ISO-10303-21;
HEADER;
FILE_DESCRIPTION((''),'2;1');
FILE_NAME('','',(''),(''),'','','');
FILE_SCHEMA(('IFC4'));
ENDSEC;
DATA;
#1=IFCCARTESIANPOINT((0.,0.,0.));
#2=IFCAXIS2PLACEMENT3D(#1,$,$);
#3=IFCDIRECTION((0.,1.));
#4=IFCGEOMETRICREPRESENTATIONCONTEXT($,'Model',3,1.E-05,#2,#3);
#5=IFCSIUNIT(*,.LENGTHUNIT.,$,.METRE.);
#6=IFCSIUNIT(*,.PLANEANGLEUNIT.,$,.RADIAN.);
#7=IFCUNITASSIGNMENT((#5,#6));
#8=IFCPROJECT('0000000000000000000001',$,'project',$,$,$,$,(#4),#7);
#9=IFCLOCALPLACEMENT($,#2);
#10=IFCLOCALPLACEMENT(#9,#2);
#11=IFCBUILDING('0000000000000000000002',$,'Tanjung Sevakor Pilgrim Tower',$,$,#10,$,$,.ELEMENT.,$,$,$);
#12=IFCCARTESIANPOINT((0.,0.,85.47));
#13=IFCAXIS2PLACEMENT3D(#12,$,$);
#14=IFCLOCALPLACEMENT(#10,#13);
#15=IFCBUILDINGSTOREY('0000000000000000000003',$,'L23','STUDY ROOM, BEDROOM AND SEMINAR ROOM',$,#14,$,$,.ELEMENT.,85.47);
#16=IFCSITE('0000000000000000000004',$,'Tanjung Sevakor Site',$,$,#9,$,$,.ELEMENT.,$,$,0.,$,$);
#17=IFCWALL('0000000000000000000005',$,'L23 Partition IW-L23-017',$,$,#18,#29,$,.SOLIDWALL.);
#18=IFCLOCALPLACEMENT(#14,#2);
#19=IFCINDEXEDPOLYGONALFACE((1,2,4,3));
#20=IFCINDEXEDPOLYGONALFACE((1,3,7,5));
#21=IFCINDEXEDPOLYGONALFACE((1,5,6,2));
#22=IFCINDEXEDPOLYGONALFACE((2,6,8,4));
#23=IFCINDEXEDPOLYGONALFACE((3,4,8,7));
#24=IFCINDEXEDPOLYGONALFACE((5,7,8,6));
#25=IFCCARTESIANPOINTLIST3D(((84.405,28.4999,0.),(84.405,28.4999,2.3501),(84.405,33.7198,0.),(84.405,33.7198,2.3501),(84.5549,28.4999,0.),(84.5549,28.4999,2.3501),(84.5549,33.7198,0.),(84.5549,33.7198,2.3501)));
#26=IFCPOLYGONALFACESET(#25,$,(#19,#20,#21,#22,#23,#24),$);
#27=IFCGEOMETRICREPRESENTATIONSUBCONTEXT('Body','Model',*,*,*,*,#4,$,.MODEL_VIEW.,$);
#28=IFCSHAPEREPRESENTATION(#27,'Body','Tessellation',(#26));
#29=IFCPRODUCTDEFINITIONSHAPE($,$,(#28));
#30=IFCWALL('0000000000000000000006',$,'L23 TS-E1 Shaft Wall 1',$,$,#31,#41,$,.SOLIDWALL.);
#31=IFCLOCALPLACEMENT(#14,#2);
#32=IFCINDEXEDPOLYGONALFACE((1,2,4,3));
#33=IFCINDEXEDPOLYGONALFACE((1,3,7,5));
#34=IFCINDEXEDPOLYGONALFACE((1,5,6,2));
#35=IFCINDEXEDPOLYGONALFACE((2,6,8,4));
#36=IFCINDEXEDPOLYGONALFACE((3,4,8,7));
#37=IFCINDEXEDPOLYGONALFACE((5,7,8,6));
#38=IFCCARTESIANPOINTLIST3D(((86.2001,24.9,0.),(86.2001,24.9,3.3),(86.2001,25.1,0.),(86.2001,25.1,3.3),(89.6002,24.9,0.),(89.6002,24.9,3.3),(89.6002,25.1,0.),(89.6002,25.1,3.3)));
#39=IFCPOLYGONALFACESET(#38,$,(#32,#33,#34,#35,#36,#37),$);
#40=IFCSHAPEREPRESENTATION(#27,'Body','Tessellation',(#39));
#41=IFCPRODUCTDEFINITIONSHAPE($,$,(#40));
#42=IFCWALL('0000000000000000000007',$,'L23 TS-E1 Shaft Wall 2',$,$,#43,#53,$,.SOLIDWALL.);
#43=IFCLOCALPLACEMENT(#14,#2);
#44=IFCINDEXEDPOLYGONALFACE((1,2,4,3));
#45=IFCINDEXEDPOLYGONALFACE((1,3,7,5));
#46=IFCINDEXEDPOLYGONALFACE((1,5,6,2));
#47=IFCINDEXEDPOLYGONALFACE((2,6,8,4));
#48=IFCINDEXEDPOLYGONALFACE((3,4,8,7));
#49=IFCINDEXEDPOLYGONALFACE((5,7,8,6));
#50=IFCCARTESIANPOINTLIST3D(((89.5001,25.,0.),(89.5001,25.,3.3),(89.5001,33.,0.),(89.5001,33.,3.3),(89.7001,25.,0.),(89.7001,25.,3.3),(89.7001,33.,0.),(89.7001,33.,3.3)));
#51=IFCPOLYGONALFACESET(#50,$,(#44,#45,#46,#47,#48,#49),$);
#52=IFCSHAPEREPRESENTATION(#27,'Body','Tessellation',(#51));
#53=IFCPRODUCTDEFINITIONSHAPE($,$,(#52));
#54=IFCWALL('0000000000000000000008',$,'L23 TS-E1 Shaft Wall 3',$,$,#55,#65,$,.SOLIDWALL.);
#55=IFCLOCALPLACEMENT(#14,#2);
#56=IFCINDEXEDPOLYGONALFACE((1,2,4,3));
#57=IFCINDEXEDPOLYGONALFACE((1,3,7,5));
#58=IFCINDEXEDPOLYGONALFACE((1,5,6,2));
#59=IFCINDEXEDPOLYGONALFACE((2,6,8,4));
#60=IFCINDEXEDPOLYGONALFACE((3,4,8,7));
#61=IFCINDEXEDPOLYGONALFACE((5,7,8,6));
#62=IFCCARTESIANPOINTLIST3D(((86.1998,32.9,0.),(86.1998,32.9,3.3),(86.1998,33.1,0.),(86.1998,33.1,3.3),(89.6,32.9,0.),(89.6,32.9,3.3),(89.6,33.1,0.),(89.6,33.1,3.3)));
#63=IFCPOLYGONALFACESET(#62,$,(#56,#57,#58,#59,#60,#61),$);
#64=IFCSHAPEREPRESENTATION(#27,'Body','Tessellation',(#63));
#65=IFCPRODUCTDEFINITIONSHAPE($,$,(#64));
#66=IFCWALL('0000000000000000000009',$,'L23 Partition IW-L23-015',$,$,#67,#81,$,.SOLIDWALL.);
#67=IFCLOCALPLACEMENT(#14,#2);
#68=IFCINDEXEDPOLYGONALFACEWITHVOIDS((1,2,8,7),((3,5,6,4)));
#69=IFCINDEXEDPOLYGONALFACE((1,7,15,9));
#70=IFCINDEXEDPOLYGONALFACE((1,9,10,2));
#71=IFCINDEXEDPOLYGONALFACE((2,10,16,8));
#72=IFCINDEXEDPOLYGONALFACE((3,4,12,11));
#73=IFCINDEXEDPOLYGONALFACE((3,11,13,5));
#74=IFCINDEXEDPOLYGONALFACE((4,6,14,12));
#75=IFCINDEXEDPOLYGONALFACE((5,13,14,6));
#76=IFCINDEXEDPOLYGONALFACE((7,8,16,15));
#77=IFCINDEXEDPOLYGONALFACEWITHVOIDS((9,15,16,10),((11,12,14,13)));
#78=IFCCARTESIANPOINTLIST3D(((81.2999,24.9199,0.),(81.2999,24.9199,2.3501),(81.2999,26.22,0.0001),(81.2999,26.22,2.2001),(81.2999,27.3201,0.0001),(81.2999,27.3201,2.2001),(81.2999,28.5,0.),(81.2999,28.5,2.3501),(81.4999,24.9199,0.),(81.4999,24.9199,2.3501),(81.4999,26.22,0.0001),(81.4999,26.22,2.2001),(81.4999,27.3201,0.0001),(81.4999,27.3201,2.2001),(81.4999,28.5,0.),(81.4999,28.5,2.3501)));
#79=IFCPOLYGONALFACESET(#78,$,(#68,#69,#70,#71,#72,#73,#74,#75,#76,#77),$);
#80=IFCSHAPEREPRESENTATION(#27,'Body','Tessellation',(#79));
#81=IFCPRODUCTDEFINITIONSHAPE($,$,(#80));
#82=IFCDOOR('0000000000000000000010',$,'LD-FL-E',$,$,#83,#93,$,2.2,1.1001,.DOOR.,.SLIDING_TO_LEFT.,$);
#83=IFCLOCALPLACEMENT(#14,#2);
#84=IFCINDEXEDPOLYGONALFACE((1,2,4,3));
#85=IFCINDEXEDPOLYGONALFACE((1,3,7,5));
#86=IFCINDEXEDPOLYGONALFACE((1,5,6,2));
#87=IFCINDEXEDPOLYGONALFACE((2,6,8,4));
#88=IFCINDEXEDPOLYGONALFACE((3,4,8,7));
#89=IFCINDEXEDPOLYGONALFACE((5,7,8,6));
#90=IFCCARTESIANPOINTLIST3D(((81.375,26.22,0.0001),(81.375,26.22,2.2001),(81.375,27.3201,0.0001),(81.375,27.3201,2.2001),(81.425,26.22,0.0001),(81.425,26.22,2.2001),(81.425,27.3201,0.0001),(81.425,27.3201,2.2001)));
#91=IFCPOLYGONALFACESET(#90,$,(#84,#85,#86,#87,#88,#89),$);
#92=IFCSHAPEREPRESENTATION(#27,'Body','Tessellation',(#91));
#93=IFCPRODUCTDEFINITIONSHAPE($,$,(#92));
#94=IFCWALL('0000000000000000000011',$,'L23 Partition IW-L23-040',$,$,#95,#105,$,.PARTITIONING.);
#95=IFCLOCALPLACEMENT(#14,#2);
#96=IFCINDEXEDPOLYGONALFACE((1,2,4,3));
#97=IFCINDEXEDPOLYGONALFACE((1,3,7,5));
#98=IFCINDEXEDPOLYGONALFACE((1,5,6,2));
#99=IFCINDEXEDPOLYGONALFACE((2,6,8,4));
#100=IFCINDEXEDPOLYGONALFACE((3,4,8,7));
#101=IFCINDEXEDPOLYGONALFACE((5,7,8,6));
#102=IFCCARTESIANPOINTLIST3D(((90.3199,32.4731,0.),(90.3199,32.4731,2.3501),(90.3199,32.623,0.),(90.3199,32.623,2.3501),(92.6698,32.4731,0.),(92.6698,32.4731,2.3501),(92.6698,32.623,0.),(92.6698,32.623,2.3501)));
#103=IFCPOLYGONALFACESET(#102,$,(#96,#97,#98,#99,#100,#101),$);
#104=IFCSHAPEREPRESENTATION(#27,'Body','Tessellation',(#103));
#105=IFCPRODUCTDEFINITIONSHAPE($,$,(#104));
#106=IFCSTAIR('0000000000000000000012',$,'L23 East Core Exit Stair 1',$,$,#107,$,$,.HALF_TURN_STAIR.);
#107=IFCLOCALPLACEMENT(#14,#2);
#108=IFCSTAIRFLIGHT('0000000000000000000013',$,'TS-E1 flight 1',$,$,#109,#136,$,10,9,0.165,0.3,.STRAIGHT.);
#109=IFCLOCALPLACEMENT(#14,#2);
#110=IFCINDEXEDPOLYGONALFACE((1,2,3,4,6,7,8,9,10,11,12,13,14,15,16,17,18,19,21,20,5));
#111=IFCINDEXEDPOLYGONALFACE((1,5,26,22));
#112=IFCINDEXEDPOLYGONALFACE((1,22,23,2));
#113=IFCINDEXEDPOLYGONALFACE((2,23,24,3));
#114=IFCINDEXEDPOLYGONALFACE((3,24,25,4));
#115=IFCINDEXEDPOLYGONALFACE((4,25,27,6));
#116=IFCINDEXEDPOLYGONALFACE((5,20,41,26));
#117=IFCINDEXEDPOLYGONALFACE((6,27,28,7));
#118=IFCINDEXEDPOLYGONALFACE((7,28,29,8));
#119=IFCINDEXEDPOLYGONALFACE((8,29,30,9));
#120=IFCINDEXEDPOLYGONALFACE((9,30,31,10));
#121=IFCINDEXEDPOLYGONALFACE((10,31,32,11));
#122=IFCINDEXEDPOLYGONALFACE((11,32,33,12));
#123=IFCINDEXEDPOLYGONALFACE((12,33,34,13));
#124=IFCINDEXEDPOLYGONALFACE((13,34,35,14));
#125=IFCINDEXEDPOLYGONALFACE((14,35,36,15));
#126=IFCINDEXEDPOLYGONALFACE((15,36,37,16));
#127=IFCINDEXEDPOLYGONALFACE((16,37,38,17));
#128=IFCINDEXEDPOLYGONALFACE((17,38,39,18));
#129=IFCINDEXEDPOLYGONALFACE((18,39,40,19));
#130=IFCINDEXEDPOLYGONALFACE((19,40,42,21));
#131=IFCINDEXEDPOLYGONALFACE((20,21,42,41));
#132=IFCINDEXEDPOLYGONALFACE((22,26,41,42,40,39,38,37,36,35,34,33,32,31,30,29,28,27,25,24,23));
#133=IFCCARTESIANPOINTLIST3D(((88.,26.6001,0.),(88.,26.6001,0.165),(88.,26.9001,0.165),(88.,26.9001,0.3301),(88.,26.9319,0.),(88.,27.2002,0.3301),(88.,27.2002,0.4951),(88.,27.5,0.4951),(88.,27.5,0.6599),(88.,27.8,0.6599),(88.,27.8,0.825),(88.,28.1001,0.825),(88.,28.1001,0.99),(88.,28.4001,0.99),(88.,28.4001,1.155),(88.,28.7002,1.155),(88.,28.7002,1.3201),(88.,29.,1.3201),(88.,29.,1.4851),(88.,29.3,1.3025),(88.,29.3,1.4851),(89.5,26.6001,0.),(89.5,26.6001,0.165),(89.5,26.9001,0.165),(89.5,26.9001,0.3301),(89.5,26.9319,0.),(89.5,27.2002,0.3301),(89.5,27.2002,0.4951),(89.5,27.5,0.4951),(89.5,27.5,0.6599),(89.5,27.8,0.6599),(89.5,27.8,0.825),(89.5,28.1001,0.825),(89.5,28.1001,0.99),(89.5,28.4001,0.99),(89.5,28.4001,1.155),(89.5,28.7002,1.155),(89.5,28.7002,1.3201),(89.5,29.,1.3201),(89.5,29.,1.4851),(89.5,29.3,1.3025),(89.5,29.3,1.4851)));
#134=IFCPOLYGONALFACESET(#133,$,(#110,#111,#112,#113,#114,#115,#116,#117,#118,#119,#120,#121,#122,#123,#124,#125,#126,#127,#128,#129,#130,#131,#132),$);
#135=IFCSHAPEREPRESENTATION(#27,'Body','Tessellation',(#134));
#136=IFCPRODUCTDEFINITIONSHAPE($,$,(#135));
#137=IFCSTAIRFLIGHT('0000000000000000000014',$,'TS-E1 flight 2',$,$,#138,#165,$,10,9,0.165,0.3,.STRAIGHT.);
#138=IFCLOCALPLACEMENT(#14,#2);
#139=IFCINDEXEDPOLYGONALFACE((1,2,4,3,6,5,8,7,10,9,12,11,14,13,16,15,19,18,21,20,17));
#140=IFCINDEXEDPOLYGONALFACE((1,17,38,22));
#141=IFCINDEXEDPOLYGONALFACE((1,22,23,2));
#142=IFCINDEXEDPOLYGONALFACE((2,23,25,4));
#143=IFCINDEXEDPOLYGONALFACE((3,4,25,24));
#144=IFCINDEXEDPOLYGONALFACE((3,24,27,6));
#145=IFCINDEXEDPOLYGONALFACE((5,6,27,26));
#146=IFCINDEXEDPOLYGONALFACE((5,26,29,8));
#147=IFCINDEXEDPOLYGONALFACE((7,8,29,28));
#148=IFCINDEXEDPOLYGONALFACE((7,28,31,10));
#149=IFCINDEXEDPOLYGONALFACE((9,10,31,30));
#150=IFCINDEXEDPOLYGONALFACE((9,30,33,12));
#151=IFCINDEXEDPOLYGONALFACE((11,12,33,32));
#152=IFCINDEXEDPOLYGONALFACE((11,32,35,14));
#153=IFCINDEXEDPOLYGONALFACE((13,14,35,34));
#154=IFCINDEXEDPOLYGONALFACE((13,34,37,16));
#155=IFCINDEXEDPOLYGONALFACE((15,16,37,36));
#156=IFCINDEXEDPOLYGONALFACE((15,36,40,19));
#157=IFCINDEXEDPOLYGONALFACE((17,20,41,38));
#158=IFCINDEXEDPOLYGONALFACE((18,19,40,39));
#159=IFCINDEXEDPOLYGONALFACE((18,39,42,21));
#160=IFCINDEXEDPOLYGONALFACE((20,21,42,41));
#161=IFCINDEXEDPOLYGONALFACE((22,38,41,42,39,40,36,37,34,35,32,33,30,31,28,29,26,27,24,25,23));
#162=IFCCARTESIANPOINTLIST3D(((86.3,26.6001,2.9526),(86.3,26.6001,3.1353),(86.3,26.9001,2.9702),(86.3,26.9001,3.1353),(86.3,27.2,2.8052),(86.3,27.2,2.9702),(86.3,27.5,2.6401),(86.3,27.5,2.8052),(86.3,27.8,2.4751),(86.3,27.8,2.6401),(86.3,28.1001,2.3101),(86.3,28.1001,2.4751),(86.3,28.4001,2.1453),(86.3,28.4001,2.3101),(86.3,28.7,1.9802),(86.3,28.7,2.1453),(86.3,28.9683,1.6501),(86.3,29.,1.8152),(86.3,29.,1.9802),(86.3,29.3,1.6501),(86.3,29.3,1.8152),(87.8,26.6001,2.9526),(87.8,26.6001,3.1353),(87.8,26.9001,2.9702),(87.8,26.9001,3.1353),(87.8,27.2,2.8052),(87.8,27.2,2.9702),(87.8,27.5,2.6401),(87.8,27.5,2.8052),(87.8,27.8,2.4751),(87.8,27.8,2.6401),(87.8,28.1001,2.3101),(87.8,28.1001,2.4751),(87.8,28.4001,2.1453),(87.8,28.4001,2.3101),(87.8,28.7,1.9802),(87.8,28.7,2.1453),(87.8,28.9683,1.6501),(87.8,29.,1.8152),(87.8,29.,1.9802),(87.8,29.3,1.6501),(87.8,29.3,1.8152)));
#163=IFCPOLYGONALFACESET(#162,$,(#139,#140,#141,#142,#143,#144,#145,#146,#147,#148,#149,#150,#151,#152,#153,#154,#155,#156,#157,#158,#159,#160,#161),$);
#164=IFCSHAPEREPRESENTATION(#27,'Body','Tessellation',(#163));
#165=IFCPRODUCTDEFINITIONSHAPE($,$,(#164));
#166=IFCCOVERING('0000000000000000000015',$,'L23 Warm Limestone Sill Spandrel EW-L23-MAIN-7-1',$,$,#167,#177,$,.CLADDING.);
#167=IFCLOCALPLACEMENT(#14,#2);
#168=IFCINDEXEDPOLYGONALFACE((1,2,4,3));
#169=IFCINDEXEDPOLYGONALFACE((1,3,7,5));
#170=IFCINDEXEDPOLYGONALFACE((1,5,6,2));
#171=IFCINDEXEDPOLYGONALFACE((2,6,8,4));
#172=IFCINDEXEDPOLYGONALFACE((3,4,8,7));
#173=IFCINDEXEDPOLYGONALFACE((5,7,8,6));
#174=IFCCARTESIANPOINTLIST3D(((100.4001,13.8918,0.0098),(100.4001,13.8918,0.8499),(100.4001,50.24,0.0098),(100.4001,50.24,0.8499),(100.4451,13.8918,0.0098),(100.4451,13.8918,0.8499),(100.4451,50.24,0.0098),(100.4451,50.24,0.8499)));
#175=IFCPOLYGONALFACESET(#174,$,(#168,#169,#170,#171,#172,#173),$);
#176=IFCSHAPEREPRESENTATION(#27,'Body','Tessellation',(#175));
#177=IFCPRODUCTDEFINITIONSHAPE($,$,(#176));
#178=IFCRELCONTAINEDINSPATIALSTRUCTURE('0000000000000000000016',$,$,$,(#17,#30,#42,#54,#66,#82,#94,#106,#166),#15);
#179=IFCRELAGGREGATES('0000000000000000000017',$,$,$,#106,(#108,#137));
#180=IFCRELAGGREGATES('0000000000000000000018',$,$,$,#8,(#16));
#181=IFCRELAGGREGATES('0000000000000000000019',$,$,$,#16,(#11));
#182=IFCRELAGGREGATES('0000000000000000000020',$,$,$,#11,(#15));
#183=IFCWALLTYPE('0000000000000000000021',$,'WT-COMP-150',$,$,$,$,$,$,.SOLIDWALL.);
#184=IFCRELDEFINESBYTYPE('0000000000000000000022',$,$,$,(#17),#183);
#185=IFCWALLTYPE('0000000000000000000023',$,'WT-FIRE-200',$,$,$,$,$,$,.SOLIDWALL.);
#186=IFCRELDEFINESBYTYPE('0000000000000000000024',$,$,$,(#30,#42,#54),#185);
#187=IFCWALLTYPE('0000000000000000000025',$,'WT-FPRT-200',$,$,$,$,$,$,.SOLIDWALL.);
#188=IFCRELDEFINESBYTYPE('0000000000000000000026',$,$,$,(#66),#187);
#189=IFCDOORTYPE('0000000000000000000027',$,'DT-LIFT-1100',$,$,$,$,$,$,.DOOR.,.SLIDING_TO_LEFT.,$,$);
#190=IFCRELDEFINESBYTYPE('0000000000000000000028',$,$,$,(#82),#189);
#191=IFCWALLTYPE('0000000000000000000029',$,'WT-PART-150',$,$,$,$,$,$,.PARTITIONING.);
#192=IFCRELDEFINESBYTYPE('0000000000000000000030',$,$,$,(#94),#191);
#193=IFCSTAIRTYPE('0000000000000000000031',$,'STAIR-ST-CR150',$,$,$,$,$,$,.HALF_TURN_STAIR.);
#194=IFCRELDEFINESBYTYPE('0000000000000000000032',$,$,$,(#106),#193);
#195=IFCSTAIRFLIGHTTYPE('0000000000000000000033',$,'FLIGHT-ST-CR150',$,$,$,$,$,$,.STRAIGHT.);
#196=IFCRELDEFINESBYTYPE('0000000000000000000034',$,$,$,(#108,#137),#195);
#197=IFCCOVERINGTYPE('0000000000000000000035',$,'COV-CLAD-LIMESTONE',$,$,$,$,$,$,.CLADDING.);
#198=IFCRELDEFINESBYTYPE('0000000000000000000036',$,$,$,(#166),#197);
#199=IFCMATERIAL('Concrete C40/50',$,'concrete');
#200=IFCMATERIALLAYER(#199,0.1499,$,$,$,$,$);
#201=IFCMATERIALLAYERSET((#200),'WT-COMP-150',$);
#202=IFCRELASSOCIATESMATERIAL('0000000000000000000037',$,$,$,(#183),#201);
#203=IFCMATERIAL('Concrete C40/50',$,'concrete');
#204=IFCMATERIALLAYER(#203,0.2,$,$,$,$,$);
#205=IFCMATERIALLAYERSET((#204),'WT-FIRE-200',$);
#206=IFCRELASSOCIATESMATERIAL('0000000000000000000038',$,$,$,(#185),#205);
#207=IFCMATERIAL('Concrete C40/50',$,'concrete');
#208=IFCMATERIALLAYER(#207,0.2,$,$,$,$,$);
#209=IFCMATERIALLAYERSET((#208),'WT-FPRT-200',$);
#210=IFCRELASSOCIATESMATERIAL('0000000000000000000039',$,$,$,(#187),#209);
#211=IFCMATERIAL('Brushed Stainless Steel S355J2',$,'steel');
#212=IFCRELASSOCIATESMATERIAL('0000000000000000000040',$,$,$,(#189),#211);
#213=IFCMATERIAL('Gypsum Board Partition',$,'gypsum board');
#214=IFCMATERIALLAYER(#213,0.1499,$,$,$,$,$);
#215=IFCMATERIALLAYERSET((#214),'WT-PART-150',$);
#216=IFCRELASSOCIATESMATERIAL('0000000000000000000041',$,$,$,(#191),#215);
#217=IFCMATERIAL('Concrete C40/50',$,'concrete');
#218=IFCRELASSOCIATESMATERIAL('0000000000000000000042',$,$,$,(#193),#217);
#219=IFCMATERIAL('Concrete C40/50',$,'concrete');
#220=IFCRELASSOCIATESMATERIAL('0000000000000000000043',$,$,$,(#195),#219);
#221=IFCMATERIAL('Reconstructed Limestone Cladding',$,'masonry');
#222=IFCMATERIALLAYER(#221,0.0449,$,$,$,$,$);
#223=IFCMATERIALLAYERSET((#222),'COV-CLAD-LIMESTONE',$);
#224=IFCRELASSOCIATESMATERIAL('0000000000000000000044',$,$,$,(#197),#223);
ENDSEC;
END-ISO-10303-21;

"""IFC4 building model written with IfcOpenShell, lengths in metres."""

from ifc_helpers import new_model, si_unit, direction, frame, frame_2d, origin, origin_2d, place, context, subcontext, project, spatial, polyline, rectangle, outline, extrude, material, layer, layer_set, type_object, element, fill, aggregate, save


model = new_model("IFC4")

# Units and contexts
model_context = context("Model", 3, precision=1e-05, world=origin(), true_north=direction((0.0, 1.0)))
body_context = subcontext(model_context, "Body", "Model", "MODEL_VIEW")
ifc_project = project(units=[si_unit("LENGTHUNIT", "METRE"), si_unit("PLANEANGLEUNIT", "RADIAN")], contexts=[model_context])

# Site, building, storey
site_placement = place(None, origin())
site = spatial("IfcSite", under=ifc_project, at=site_placement, Name="Tanjung Sevakor Site", CompositionType="ELEMENT", RefElevation=0.0)
building_placement = place(site_placement, origin())
building = spatial("IfcBuilding", under=site, at=building_placement, Name="Tanjung Sevakor Pilgrim Tower", CompositionType="ELEMENT")
storey_placement = place(building_placement, frame((0.0, 0.0, 85.47)))
storey = spatial("IfcBuildingStorey", under=building, at=storey_placement, Name="L23", Description="STUDY ROOM, BEDROOM AND SEMINAR ROOM", CompositionType="ELEMENT", Elevation=85.47)

# Wall
ifc_material_1 = material(Name="Concrete C40/50", Category="concrete")
ifc_layer_1 = layer(ifc_material_1, 0.1499)
ifc_layer_set_1 = layer_set([ifc_layer_1], Name="WT-COMP-150")
wall_type_1 = type_object("IfcWallType", Name="WT-COMP-150", PredefinedType="SOLIDWALL", material=ifc_layer_set_1)
wall_1_placement = place(storey_placement, frame((84.48, 28.5, 0.0), z_axis=(0.0, 0.0, 1.0), x_axis=(0.0, 1.0, 0.0)))
element("IfcWall", 1, at=wall_1_placement, inside=storey, type_object=wall_type_1, Name="L23 Partition IW-L23-017", PredefinedType="SOLIDWALL", context=body_context, shape_type="SweptSolid", body=[
    extrude(rectangle(XDim=5.22, YDim=0.1499, at=frame_2d((2.6099, 0.0))), origin(), (0.0, 0.0, 1.0), 2.3501),
])

# Walls
ifc_material_2 = material(Name="Concrete C40/50", Category="concrete")
ifc_layer_2 = layer(ifc_material_2, 0.2)
ifc_layer_set_2 = layer_set([ifc_layer_2], Name="WT-FIRE-200")
wall_type_2 = type_object("IfcWallType", Name="WT-FIRE-200", PredefinedType="SOLIDWALL", material=ifc_layer_set_2)
wall_2_placement = place(storey_placement, frame((86.2, 25.0, 0.0), z_axis=(0.0, 0.0, 1.0), x_axis=(1.0, 0.0, 0.0)))
element("IfcWall", 2, at=wall_2_placement, inside=storey, type_object=wall_type_2, Name="L23 TS-E1 Shaft Wall 1", PredefinedType="SOLIDWALL", context=body_context, shape_type="SweptSolid", body=[
    extrude(rectangle(XDim=3.4001, YDim=0.2, at=frame_2d((1.7002, 0.0))), origin(), (0.0, 0.0, 1.0), 3.3),
])
wall_3_placement = place(storey_placement, frame((89.6001, 25.0, 0.0), z_axis=(0.0, 0.0, 1.0), x_axis=(0.0, 1.0, 0.0)))
element("IfcWall", 3, at=wall_3_placement, inside=storey, type_object=wall_type_2, Name="L23 TS-E1 Shaft Wall 2", PredefinedType="SOLIDWALL", context=body_context, shape_type="SweptSolid", body=[
    extrude(rectangle(XDim=8.0, YDim=0.2, at=frame_2d((4.0, 0.0))), origin(), (0.0, 0.0, 1.0), 3.3),
])
wall_4_placement = place(storey_placement, frame((89.6001, 33.0, 0.0), z_axis=(0.0, 0.0, 1.0), x_axis=(-1.0, 0.0, 0.0)))
element("IfcWall", 4, at=wall_4_placement, inside=storey, type_object=wall_type_2, Name="L23 TS-E1 Shaft Wall 3", PredefinedType="SOLIDWALL", context=body_context, shape_type="SweptSolid", body=[
    extrude(rectangle(XDim=3.4001, YDim=0.2, at=frame_2d((1.7002, 0.0))), origin(), (0.0, 0.0, 1.0), 3.3),
])

# Wall, opening, door
ifc_material_3 = material(Name="Concrete C40/50", Category="concrete")
ifc_layer_3 = layer(ifc_material_3, 0.2)
ifc_layer_set_3 = layer_set([ifc_layer_3], Name="WT-FPRT-200")
wall_type_3 = type_object("IfcWallType", Name="WT-FPRT-200", PredefinedType="SOLIDWALL", material=ifc_layer_set_3)
wall_5_placement = place(storey_placement, frame((81.3999, 24.9199, 0.0), z_axis=(0.0, 0.0, 1.0), x_axis=(0.0, 1.0, 0.0)))
wall_5 = element("IfcWall", 5, at=wall_5_placement, inside=storey, type_object=wall_type_3, Name="L23 Partition IW-L23-015", PredefinedType="SOLIDWALL", context=body_context, shape_type="SweptSolid", body=[
    extrude(rectangle(XDim=3.5801, YDim=0.2, at=frame_2d((1.79, 0.0))), origin(), (0.0, 0.0, 1.0), 2.3501),
])
opening_1_placement = place(wall_5_placement, frame((1.3, 0.0, 0.0)))
opening_1 = element("IfcOpeningElement", 6, at=opening_1_placement, cuts=wall_5, PredefinedType="OPENING", context=body_context, shape_type="SweptSolid", body=[
    extrude(rectangle(XDim=1.1001, YDim=2.2, at=frame_2d((0.55, 1.1001))), frame((0.0, 0.1099, 0.0), z_axis=(0.0, -1.0, 0.0), x_axis=(1.0, 0.0, 0.0)), (0.0, 0.0, 1.0), 0.22),
])
ifc_material_4 = material(Name="Brushed Stainless Steel S355J2", Category="steel")
door_type_1 = type_object("IfcDoorType", Name="DT-LIFT-1100", OperationType="SLIDING_TO_LEFT", PredefinedType="DOOR", material=ifc_material_4)
door_1_placement = place(opening_1_placement, origin())
door_1 = element("IfcDoor", 7, at=door_1_placement, inside=storey, type_object=door_type_1, Name="LD-FL-E", OperationType="SLIDING_TO_LEFT", OverallHeight=2.2, OverallWidth=1.1001, PredefinedType="DOOR", context=body_context, shape_type="SweptSolid", body=[
    extrude(rectangle(XDim=1.1001, YDim=2.2, at=frame_2d((0.55, 1.1001))), frame((0.0, 0.0249, 0.0), z_axis=(0.0, -1.0, 0.0), x_axis=(1.0, 0.0, 0.0)), (0.0, 0.0, 1.0), 0.05),
])
fill(opening_1, door_1)

# Wall
ifc_material_5 = material(Name="Gypsum Board Partition", Category="gypsum board")
ifc_layer_4 = layer(ifc_material_5, 0.1499)
ifc_layer_set_4 = layer_set([ifc_layer_4], Name="WT-PART-150")
wall_type_4 = type_object("IfcWallType", Name="WT-PART-150", PredefinedType="PARTITIONING", material=ifc_layer_set_4)
wall_6_placement = place(storey_placement, frame((90.3201, 32.5481, 0.0), z_axis=(0.0, 0.0, 1.0), x_axis=(1.0, 0.0, 0.0)))
element("IfcWall", 8, at=wall_6_placement, inside=storey, type_object=wall_type_4, Name="L23 Partition IW-L23-040", PredefinedType="PARTITIONING", context=body_context, shape_type="SweptSolid", body=[
    extrude(rectangle(XDim=2.3499, YDim=0.1499, at=frame_2d((1.1748, 0.0))), origin(), (0.0, 0.0, 1.0), 2.3501),
])

# Stair, stair flights
ifc_material_6 = material(Name="Concrete C40/50", Category="concrete")
stair_type = type_object("IfcStairType", Name="STAIR-ST-CR150", PredefinedType="HALF_TURN_STAIR", material=ifc_material_6)
stair_placement = place(storey_placement, origin())
stair = element("IfcStair", 9, at=stair_placement, inside=storey, type_object=stair_type, Name="L23 East Core Exit Stair 1", PredefinedType="HALF_TURN_STAIR")
ifc_material_7 = material(Name="Concrete C40/50", Category="concrete")
stair_flight_type = type_object("IfcStairFlightType", Name="FLIGHT-ST-CR150", PredefinedType="STRAIGHT", material=ifc_material_7)
stair_flight_1_placement = place(storey_placement, frame((88.75, 26.6001, 0.0), z_axis=(0.0, 0.0, 1.0), x_axis=(0.0, 1.0, 0.0)))
stair_flight_1 = element("IfcStairFlight", 10, at=stair_flight_1_placement, type_object=stair_flight_type, Name="TS-E1 flight 1", NumberOfRisers=10, NumberOfTreads=9, PredefinedType="STRAIGHT", RiserHeight=0.165, TreadLength=0.3, context=body_context, shape_type="SweptSolid", body=[
    extrude(outline(polyline([(0.0, 0.0), (0.0, 0.165), (0.3, 0.165), (0.3, 0.3301), (0.6001, 0.3301), (0.6001, 0.4951), (0.8999, 0.4951), (0.8999, 0.6599), (1.2, 0.6599), (1.2, 0.825), (1.5, 0.825), (1.5, 0.99), (1.8, 0.99), (1.8, 1.155), (2.1001, 1.155), (2.1001, 1.3201), (2.3999, 1.3201), (2.3999, 1.4851), (2.7, 1.4851), (2.7, 1.6499), (2.7, 1.3025), (0.3318, 0.0), (0.0, 0.0)])), frame((0.0, 0.75, 0.0), z_axis=(0.0, -1.0, 0.0), x_axis=(1.0, 0.0, 0.0)), (0.0, 0.0, 1.0), 1.5),
])
stair_flight_2_placement = place(storey_placement, frame((87.05, 29.3, 1.6501), z_axis=(0.0, 0.0, 1.0), x_axis=(0.0, -1.0, 0.0)))
stair_flight_2 = element("IfcStairFlight", 11, at=stair_flight_2_placement, type_object=stair_flight_type, Name="TS-E1 flight 2", NumberOfRisers=10, NumberOfTreads=9, PredefinedType="STRAIGHT", RiserHeight=0.165, TreadLength=0.3, context=body_context, shape_type="SweptSolid", body=[
    extrude(outline(polyline([(0.0, 0.0), (0.0, 0.165), (0.3, 0.165), (0.3, 0.3301), (0.6001, 0.3301), (0.6001, 0.4951), (0.8999, 0.4951), (0.8999, 0.6599), (1.2, 0.6599), (1.2, 0.825), (1.5, 0.825), (1.5, 0.99), (1.8, 0.99), (1.8, 1.155), (2.1001, 1.155), (2.1001, 1.3201), (2.3999, 1.3201), (2.3999, 1.4851), (2.7, 1.4851), (2.7, 1.6499), (2.7, 1.3025), (0.3318, 0.0), (0.0, 0.0)])), frame((0.0, 0.75, 0.0), z_axis=(0.0, -1.0, 0.0), x_axis=(1.0, 0.0, 0.0)), (0.0, 0.0, 1.0), 1.5),
])
aggregate(stair, [stair_flight_1, stair_flight_2])

# Covering
ifc_material_8 = material(Name="Reconstructed Limestone Cladding", Category="masonry")
ifc_layer_5 = layer(ifc_material_8, 0.0449)
ifc_layer_set_5 = layer_set([ifc_layer_5], Name="COV-CLAD-LIMESTONE")
covering_type = type_object("IfcCoveringType", Name="COV-CLAD-LIMESTONE", PredefinedType="CLADDING", material=ifc_layer_set_5)
covering_1_placement = place(storey_placement, frame((100.4226, 32.0659, 0.0098), z_axis=(0.0, 0.0, 1.0), x_axis=(0.0, 1.0, 0.0)))
element("IfcCovering", 12, at=covering_1_placement, inside=storey, type_object=covering_type, Name="L23 Warm Limestone Sill Spandrel EW-L23-MAIN-7-1", PredefinedType="CLADDING", context=body_context, shape_type="SweptSolid", body=[
    extrude(rectangle(XDim=36.3481, YDim=0.0449, at=origin_2d()), origin(), (0.0, 0.0, 1.0), 0.8401),
])

save(model, "model.ifc")
